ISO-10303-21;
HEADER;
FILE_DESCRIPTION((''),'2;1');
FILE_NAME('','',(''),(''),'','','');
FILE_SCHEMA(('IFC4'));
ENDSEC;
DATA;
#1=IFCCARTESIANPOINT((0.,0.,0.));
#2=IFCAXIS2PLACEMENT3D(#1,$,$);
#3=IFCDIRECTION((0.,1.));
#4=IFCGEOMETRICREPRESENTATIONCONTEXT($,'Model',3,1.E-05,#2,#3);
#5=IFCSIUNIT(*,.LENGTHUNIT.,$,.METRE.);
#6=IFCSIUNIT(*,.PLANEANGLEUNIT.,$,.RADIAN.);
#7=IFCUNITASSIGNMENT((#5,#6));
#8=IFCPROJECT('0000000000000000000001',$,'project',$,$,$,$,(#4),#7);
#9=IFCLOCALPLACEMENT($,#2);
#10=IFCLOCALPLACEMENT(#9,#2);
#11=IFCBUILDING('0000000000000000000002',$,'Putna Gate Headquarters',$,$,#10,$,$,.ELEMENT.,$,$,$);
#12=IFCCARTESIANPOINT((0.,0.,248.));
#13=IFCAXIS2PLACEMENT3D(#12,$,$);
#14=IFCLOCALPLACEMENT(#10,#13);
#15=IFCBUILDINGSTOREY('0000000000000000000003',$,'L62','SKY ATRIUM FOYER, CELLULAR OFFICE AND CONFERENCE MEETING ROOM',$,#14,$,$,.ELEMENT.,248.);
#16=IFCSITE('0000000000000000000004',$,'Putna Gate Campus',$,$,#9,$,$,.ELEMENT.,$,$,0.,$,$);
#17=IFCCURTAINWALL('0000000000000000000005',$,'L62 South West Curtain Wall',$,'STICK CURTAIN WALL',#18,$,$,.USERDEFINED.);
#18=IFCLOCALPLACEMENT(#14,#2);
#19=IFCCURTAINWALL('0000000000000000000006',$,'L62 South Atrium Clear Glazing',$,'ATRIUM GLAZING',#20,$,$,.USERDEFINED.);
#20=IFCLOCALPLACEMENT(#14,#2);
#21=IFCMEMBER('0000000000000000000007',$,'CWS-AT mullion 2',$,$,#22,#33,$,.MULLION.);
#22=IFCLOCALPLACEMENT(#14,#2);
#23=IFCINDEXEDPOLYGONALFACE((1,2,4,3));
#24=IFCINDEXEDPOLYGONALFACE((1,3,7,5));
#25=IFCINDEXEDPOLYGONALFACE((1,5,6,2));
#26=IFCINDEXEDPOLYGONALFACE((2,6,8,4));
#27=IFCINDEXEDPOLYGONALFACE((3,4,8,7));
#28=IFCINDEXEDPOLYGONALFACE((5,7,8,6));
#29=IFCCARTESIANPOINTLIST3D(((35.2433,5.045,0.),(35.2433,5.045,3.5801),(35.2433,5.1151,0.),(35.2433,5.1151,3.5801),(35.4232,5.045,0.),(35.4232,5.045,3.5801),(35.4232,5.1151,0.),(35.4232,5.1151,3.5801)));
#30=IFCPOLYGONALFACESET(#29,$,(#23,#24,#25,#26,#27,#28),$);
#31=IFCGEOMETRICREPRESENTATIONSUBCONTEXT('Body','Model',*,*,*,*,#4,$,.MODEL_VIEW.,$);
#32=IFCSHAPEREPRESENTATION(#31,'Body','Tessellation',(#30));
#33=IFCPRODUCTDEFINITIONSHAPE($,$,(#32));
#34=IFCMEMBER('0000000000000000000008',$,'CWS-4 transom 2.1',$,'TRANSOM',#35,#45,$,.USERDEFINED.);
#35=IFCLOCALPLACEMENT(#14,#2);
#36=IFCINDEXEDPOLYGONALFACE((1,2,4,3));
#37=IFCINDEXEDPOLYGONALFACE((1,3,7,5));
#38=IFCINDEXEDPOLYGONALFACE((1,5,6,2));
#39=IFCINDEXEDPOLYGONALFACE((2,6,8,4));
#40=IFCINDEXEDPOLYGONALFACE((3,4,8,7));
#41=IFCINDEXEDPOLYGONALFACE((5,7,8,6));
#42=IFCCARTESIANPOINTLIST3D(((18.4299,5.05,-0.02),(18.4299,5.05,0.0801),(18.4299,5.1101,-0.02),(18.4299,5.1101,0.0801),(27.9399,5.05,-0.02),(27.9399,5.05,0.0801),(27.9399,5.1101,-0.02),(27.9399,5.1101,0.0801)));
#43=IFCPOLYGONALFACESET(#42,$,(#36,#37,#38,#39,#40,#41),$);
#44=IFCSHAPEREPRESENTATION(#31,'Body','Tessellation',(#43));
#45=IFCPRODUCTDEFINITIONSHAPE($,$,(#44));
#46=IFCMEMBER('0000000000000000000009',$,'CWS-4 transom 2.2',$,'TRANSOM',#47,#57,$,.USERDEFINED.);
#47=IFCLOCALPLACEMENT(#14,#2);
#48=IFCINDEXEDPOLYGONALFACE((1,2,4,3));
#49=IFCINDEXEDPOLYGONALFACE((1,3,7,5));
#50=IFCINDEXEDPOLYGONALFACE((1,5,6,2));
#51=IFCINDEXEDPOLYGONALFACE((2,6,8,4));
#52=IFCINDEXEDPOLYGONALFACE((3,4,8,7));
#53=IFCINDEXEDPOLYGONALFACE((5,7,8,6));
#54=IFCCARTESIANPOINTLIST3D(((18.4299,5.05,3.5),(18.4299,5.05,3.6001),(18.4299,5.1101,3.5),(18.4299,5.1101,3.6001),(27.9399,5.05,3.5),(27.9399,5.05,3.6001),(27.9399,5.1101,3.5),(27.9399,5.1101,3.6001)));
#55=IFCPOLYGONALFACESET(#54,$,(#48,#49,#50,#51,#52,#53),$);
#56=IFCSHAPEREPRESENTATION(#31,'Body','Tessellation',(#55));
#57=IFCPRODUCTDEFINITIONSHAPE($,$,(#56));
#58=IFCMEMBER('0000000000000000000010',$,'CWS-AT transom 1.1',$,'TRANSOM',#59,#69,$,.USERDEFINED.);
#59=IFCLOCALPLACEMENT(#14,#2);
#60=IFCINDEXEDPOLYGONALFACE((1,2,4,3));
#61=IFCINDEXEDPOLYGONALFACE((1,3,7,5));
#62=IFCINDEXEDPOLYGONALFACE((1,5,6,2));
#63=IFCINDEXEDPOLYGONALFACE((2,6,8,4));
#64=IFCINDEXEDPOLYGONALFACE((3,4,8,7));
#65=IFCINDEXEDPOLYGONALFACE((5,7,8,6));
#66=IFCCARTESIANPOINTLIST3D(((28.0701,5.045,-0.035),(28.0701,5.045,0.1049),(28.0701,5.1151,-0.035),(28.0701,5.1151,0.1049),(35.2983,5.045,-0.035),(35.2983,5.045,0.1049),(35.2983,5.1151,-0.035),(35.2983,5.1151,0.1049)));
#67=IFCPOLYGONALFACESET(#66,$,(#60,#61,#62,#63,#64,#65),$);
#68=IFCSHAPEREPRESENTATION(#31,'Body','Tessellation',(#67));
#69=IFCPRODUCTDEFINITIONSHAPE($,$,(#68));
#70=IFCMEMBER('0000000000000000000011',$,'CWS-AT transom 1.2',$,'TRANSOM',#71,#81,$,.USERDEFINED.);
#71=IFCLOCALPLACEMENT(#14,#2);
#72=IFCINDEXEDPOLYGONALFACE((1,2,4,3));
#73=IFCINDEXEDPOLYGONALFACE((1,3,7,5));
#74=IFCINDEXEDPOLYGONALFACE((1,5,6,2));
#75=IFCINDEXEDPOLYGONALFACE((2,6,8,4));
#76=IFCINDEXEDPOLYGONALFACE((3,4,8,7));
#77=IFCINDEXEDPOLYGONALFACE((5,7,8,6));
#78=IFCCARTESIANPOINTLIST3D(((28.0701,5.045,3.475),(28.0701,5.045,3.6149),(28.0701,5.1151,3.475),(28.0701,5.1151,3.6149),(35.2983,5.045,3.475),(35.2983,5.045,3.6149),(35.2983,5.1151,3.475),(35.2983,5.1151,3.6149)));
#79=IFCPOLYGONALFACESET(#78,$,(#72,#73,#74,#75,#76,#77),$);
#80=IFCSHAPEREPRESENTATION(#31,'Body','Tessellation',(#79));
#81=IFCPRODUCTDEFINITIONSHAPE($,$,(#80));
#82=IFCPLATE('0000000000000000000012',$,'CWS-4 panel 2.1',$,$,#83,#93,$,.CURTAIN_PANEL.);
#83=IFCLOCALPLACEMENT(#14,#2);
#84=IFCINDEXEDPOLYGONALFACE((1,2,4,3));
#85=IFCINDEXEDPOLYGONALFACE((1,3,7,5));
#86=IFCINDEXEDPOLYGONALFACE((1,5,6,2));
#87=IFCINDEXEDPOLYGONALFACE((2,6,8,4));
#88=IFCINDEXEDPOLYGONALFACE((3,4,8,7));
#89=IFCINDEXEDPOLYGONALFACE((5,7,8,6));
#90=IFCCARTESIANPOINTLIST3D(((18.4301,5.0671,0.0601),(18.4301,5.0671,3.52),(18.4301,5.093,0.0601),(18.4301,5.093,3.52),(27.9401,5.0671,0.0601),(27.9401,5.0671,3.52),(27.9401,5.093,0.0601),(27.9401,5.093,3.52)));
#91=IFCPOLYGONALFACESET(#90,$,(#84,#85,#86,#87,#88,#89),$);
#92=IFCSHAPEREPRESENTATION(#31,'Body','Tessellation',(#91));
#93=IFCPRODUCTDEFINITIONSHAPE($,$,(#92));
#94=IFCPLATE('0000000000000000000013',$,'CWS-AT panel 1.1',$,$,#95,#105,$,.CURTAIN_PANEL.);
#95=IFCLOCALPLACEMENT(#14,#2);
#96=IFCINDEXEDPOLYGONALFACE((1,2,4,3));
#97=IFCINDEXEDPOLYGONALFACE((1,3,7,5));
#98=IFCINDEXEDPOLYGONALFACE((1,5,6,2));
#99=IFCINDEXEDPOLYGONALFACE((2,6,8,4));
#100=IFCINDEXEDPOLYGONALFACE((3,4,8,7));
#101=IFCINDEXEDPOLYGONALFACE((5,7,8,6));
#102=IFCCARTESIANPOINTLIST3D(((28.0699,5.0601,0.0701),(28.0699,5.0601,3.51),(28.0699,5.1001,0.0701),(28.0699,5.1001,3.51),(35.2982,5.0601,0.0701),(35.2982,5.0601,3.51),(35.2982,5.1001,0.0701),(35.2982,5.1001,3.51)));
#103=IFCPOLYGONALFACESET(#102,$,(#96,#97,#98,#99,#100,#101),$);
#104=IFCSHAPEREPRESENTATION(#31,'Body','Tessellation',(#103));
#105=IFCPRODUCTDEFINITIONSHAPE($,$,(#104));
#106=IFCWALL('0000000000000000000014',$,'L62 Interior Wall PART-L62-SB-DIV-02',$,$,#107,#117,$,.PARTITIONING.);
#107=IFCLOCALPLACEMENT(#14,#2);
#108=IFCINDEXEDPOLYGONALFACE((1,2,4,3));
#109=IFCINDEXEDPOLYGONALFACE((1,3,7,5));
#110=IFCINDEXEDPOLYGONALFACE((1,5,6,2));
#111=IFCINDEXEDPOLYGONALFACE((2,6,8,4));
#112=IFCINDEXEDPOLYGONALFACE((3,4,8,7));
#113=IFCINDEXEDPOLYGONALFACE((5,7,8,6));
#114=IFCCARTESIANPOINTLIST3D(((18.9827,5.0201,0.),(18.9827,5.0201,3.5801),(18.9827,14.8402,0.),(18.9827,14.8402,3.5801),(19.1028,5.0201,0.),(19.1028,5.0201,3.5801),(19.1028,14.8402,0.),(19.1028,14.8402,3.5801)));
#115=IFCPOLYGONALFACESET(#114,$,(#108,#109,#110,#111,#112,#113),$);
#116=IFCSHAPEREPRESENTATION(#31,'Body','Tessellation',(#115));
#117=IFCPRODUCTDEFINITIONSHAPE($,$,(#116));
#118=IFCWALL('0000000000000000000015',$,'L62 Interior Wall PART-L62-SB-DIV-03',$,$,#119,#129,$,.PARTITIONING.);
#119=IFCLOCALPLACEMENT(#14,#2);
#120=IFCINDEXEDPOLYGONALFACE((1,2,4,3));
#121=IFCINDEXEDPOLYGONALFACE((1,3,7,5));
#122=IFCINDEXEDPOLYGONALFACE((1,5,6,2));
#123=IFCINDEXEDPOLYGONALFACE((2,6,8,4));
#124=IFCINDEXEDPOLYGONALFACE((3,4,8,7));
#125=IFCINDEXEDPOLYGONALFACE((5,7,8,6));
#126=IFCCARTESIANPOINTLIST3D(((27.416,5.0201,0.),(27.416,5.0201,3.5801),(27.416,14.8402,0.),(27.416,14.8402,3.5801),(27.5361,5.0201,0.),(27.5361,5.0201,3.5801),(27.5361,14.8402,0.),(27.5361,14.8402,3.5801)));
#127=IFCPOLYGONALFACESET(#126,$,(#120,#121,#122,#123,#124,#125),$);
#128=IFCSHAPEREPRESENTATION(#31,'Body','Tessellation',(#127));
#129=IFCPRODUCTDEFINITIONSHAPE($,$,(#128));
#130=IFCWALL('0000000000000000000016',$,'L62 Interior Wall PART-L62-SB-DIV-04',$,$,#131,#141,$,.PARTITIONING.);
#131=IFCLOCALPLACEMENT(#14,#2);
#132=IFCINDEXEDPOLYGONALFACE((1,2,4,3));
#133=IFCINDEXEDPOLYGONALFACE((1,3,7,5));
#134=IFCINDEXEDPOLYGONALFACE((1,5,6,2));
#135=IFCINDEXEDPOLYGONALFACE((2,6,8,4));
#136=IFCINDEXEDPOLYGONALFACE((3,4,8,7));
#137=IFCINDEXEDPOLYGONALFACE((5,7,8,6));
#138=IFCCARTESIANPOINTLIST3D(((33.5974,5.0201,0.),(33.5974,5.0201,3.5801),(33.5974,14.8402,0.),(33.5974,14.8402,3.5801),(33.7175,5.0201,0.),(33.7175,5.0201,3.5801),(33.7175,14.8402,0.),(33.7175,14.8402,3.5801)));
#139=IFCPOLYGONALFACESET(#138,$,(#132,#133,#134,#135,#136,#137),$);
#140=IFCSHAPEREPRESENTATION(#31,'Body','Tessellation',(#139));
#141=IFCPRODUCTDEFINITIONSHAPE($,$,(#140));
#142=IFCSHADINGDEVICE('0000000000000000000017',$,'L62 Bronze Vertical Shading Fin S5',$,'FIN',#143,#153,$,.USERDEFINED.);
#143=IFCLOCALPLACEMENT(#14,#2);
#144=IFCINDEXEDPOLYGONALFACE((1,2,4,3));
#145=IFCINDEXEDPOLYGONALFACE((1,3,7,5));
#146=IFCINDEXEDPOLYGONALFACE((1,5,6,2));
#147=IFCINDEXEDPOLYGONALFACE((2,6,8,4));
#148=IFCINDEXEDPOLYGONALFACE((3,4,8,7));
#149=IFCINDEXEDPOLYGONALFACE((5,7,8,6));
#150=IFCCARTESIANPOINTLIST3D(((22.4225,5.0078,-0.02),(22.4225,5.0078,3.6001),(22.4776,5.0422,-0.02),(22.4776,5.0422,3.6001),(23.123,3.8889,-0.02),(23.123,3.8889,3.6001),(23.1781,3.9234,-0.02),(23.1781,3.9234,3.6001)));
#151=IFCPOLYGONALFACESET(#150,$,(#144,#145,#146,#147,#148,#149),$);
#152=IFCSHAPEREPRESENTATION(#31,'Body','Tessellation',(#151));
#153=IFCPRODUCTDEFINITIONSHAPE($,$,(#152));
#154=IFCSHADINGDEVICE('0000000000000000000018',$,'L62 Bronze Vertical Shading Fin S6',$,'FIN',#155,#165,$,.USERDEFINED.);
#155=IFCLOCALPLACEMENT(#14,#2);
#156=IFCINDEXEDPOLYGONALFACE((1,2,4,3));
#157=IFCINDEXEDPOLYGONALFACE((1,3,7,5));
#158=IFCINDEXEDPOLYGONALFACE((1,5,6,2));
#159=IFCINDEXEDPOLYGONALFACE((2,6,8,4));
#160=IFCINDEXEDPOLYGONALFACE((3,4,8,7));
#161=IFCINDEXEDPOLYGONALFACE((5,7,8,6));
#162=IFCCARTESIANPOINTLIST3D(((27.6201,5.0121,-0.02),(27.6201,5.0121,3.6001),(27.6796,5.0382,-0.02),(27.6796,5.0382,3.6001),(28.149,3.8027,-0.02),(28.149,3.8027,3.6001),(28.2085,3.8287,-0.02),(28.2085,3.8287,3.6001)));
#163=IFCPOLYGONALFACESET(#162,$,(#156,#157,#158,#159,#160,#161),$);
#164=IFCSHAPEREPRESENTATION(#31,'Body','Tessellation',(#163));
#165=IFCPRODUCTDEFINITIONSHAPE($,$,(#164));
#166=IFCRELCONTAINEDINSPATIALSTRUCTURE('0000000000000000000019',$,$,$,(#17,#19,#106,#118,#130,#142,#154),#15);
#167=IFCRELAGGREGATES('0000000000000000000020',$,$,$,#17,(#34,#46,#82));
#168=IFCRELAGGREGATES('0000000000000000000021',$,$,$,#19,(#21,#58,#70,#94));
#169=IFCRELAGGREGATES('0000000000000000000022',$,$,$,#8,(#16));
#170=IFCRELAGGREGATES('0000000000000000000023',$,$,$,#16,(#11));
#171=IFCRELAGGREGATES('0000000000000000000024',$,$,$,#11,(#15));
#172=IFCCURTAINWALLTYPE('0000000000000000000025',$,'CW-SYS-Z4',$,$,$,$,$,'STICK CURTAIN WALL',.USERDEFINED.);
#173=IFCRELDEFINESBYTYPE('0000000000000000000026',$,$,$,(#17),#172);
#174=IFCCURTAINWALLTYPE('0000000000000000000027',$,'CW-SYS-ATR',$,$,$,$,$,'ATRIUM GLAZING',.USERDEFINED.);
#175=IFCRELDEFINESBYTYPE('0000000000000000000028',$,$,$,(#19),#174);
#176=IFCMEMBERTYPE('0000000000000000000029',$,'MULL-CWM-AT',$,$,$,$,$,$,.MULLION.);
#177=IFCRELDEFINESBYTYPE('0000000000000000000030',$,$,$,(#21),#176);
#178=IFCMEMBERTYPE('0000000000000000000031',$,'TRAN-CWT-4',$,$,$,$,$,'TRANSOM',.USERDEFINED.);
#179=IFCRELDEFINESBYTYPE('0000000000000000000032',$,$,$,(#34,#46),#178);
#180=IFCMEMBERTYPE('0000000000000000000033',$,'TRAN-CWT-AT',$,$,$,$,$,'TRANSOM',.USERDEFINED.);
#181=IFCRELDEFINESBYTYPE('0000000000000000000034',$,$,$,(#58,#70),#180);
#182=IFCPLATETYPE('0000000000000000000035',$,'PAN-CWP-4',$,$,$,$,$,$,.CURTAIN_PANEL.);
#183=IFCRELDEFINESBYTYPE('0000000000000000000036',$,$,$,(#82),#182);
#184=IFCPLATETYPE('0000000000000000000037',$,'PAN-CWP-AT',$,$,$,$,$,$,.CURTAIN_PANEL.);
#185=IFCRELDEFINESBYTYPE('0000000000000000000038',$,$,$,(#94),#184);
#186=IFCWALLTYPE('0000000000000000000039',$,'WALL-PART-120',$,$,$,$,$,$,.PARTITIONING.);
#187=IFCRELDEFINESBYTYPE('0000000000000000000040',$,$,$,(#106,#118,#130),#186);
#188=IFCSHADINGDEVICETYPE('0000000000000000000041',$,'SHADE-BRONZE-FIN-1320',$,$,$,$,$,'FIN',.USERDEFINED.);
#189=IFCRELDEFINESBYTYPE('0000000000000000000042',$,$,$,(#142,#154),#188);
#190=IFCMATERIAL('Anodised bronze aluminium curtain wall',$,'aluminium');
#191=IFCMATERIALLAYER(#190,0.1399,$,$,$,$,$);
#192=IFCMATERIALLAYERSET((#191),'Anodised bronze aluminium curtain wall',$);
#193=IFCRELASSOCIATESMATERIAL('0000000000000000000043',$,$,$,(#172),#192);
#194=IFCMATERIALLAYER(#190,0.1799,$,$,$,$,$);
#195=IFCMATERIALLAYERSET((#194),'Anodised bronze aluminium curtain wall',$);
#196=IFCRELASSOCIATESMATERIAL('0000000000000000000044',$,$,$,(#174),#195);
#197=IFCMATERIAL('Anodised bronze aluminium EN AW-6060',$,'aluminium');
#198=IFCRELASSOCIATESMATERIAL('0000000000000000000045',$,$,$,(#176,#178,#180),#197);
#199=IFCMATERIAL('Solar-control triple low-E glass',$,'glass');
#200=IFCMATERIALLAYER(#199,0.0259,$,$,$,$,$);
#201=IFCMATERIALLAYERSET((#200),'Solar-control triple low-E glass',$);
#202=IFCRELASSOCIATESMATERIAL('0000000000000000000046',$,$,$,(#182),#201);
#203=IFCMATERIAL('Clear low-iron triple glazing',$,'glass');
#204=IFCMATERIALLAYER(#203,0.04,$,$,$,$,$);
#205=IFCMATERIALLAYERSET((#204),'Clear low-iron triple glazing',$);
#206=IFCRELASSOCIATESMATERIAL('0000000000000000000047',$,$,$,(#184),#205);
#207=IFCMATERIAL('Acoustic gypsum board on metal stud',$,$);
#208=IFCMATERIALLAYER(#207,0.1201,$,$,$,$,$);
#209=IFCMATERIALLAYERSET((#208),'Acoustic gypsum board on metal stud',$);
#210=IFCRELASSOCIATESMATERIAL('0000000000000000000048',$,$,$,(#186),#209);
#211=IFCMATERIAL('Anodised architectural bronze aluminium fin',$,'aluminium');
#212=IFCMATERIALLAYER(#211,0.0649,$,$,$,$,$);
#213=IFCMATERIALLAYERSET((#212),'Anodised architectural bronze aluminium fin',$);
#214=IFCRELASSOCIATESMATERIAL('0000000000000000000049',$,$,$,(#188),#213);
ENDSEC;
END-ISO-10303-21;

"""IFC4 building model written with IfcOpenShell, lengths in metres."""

from ifc_helpers import new_model, si_unit, direction, frame, frame_2d, origin, origin_2d, place, context, subcontext, project, spatial, rectangle, extrude, material, layer, layer_set, material_profile, profile_set, type_object, element, aggregate, save


model = new_model("IFC4")

# Units and contexts
model_context = context("Model", 3, precision=1e-05, world=origin(), true_north=direction((0.0, 1.0)))
body_context = subcontext(model_context, "Body", "Model", "MODEL_VIEW")
ifc_project = project(units=[si_unit("LENGTHUNIT", "METRE"), si_unit("PLANEANGLEUNIT", "RADIAN")], contexts=[model_context])

# Site, building, storey
site_placement = place(None, origin())
site = spatial("IfcSite", under=ifc_project, at=site_placement, Name="Putna Gate Campus", CompositionType="ELEMENT", RefElevation=0.0)
building_placement = place(site_placement, origin())
building = spatial("IfcBuilding", under=site, at=building_placement, Name="Putna Gate Headquarters", CompositionType="ELEMENT")
storey_placement = place(building_placement, frame((0.0, 0.0, 248.0)))
storey = spatial("IfcBuildingStorey", under=building, at=storey_placement, Name="L62", Description="SKY ATRIUM FOYER, CELLULAR OFFICE AND CONFERENCE MEETING ROOM", CompositionType="ELEMENT", Elevation=248.0)

# Curtain walls, member
ifc_material_1 = material(Name="Anodised bronze aluminium curtain wall", Category="aluminium")
ifc_layer_1 = layer(ifc_material_1, 0.1399)
ifc_layer_set_1 = layer_set([ifc_layer_1], Name="Anodised bronze aluminium curtain wall")
curtain_wall_type_1 = type_object("IfcCurtainWallType", Name="CW-SYS-Z4", ElementType="STICK CURTAIN WALL", PredefinedType="USERDEFINED", material=ifc_layer_set_1)
curtain_wall_1_placement = place(storey_placement, origin())
curtain_wall_1 = element("IfcCurtainWall", 1, at=curtain_wall_1_placement, inside=storey, type_object=curtain_wall_type_1, Name="L62 South West Curtain Wall", ObjectType="STICK CURTAIN WALL", PredefinedType="USERDEFINED")
ifc_material_2 = material(Name="Anodised bronze aluminium EN AW-6060", Category="aluminium")
ifc_layer_2 = layer(ifc_material_1, 0.1799)
ifc_layer_set_2 = layer_set([ifc_layer_2], Name="Anodised bronze aluminium curtain wall")
curtain_wall_type_2 = type_object("IfcCurtainWallType", Name="CW-SYS-ATR", ElementType="ATRIUM GLAZING", PredefinedType="USERDEFINED", material=ifc_layer_set_2)
curtain_wall_2_placement = place(storey_placement, origin())
curtain_wall_2 = element("IfcCurtainWall", 2, at=curtain_wall_2_placement, inside=storey, type_object=curtain_wall_type_2, Name="L62 South Atrium Clear Glazing", ObjectType="ATRIUM GLAZING", PredefinedType="USERDEFINED")
ifc_material_profile_1 = material_profile(ifc_material_2, rectangle(XDim=0.0701, YDim=0.1799, at=origin_2d()), Name="Anodised bronze aluminium EN AW-6060")
ifc_profile_set_1 = profile_set([ifc_material_profile_1], Name="Anodised bronze aluminium EN AW-6060")
member_type_1 = type_object("IfcMemberType", Name="MULL-CWM-AT", PredefinedType="MULLION", material=ifc_profile_set_1)
member_1_placement = place(storey_placement, frame((35.3333, 5.0801, 0.0), z_axis=(0.0, 0.0, 1.0), x_axis=(0.0, 1.0, 0.0)))
member_1 = element("IfcMember", 3, at=member_1_placement, type_object=member_type_1, Name="CWS-AT mullion 2", PredefinedType="MULLION", context=body_context, shape_type="SweptSolid", body=[
    extrude(rectangle(XDim=0.0701, YDim=0.1799, at=origin_2d()), origin(), (0.0, 0.0, 1.0), 3.5801),
])

# Members
ifc_material_profile_2 = material_profile(ifc_material_2, rectangle(XDim=0.0601, YDim=0.1001, at=origin_2d()), Name="Anodised bronze aluminium EN AW-6060")
ifc_profile_set_2 = profile_set([ifc_material_profile_2], Name="Anodised bronze aluminium EN AW-6060")
member_type_2 = type_object("IfcMemberType", Name="TRAN-CWT-4", ElementType="TRANSOM", PredefinedType="USERDEFINED", material=ifc_profile_set_2)
member_2_placement = place(storey_placement, frame((18.4299, 5.0801, 0.03), z_axis=(1.0, 0.0, 0.0), x_axis=(0.0, 1.0, 0.0)))
member_2 = element("IfcMember", 4, at=member_2_placement, type_object=member_type_2, Name="CWS-4 transom 2.1", ObjectType="TRANSOM", PredefinedType="USERDEFINED", context=body_context, shape_type="SweptSolid", body=[
    extrude(rectangle(XDim=0.0601, YDim=0.1001, at=origin_2d()), origin(), (0.0, 0.0, 1.0), 9.51),
])
member_3_placement = place(storey_placement, frame((18.4299, 5.0801, 3.55), z_axis=(1.0, 0.0, 0.0), x_axis=(0.0, 1.0, 0.0)))
member_3 = element("IfcMember", 5, at=member_3_placement, type_object=member_type_2, Name="CWS-4 transom 2.2", ObjectType="TRANSOM", PredefinedType="USERDEFINED", context=body_context, shape_type="SweptSolid", body=[
    extrude(rectangle(XDim=0.0601, YDim=0.1001, at=origin_2d()), origin(), (0.0, 0.0, 1.0), 9.51),
])
ifc_material_profile_3 = material_profile(ifc_material_2, rectangle(XDim=0.0701, YDim=0.1399, at=origin_2d()), Name="Anodised bronze aluminium EN AW-6060")
ifc_profile_set_3 = profile_set([ifc_material_profile_3], Name="Anodised bronze aluminium EN AW-6060")
member_type_3 = type_object("IfcMemberType", Name="TRAN-CWT-AT", ElementType="TRANSOM", PredefinedType="USERDEFINED", material=ifc_profile_set_3)
member_4_placement = place(storey_placement, frame((28.0701, 5.0801, 0.0349), z_axis=(1.0, 0.0, 0.0), x_axis=(0.0, 1.0, 0.0)))
member_4 = element("IfcMember", 6, at=member_4_placement, type_object=member_type_3, Name="CWS-AT transom 1.1", ObjectType="TRANSOM", PredefinedType="USERDEFINED", context=body_context, shape_type="SweptSolid", body=[
    extrude(rectangle(XDim=0.0701, YDim=0.1399, at=origin_2d()), origin(), (0.0, 0.0, 1.0), 7.2283),
])
member_5_placement = place(storey_placement, frame((28.0701, 5.0801, 3.5449), z_axis=(1.0, 0.0, 0.0), x_axis=(0.0, 1.0, 0.0)))
member_5 = element("IfcMember", 7, at=member_5_placement, type_object=member_type_3, Name="CWS-AT transom 1.2", ObjectType="TRANSOM", PredefinedType="USERDEFINED", context=body_context, shape_type="SweptSolid", body=[
    extrude(rectangle(XDim=0.0701, YDim=0.1399, at=origin_2d()), origin(), (0.0, 0.0, 1.0), 7.2283),
])

# Plates
ifc_material_3 = material(Name="Solar-control triple low-E glass", Category="glass")
ifc_layer_3 = layer(ifc_material_3, 0.0259)
ifc_layer_set_3 = layer_set([ifc_layer_3], Name="Solar-control triple low-E glass")
plate_type_1 = type_object("IfcPlateType", Name="PAN-CWP-4", PredefinedType="CURTAIN_PANEL", material=ifc_layer_set_3)
plate_1_placement = place(storey_placement, frame((23.1851, 5.0801, 0.0601), z_axis=(0.0, 0.0, 1.0), x_axis=(1.0, 0.0, 0.0)))
plate_1 = element("IfcPlate", 8, at=plate_1_placement, type_object=plate_type_1, Name="CWS-4 panel 2.1", PredefinedType="CURTAIN_PANEL", context=body_context, shape_type="SweptSolid", body=[
    extrude(rectangle(XDim=9.51, YDim=0.0259, at=origin_2d()), origin(), (0.0, 0.0, 1.0), 3.46),
])
aggregate(curtain_wall_1, [member_2, member_3, plate_1])
ifc_material_4 = material(Name="Clear low-iron triple glazing", Category="glass")
ifc_layer_4 = layer(ifc_material_4, 0.04)
ifc_layer_set_4 = layer_set([ifc_layer_4], Name="Clear low-iron triple glazing")
plate_type_2 = type_object("IfcPlateType", Name="PAN-CWP-AT", PredefinedType="CURTAIN_PANEL", material=ifc_layer_set_4)
plate_2_placement = place(storey_placement, frame((31.6841, 5.0801, 0.0701), z_axis=(0.0, 0.0, 1.0), x_axis=(1.0, 0.0, 0.0)))
plate_2 = element("IfcPlate", 9, at=plate_2_placement, type_object=plate_type_2, Name="CWS-AT panel 1.1", PredefinedType="CURTAIN_PANEL", context=body_context, shape_type="SweptSolid", body=[
    extrude(rectangle(XDim=7.2283, YDim=0.04, at=origin_2d()), origin(), (0.0, 0.0, 1.0), 3.4399),
])
aggregate(curtain_wall_2, [member_1, member_4, member_5, plate_2])

# Walls
ifc_material_5 = material(Name="Acoustic gypsum board on metal stud")
ifc_layer_5 = layer(ifc_material_5, 0.1201)
ifc_layer_set_5 = layer_set([ifc_layer_5], Name="Acoustic gypsum board on metal stud")
wall_type = type_object("IfcWallType", Name="WALL-PART-120", PredefinedType="PARTITIONING", material=ifc_layer_set_5)
for number, where, z_axis, x_axis, name in (
    (10, (19.0427, 5.02, 0.0), (0.0, 0.0, 1.0), (0.0, 1.0, 0.0), "L62 Interior Wall PART-L62-SB-DIV-02"),
    (11, (27.4761, 5.02, 0.0), (0.0, 0.0, 1.0), (0.0, 1.0, 0.0), "L62 Interior Wall PART-L62-SB-DIV-03"),
    (12, (33.6575, 5.02, 0.0), (0.0, 0.0, 1.0), (0.0, 1.0, 0.0), "L62 Interior Wall PART-L62-SB-DIV-04"),
):
    element("IfcWall", number, at=place(storey_placement, frame(where, z_axis=z_axis, x_axis=x_axis)), inside=storey, type_object=wall_type, Name=name, PredefinedType="PARTITIONING", context=body_context, shape_type="SweptSolid", body=[
        extrude(rectangle(XDim=9.8201, YDim=0.1201, at=frame_2d((4.9102, 0.0))), origin(), (0.0, 0.0, 1.0), 3.5801),
    ])

# Shading devices
ifc_material_6 = material(Name="Anodised architectural bronze aluminium fin", Category="aluminium")
ifc_layer_6 = layer(ifc_material_6, 0.0649)
ifc_layer_set_6 = layer_set([ifc_layer_6], Name="Anodised architectural bronze aluminium fin")
shading_device_type = type_object("IfcShadingDeviceType", Name="SHADE-BRONZE-FIN-1320", ElementType="FIN", PredefinedType="USERDEFINED", material=ifc_layer_set_6)
for number, where, z_axis, x_axis, name in (
    (13, (22.8003, 4.4656, -0.02), (0.0, 0.0, 1.0), (0.530659, -0.847585, 0.0), "L62 Bronze Vertical Shading Fin S5"),
    (14, (27.9143, 4.4204, -0.02), (0.0, 0.0, 1.0), (0.400669, -0.916223, 0.0), "L62 Bronze Vertical Shading Fin S6"),
):
    element("IfcShadingDevice", number, at=place(storey_placement, frame(where, z_axis=z_axis, x_axis=x_axis)), inside=storey, type_object=shading_device_type, Name=name, ObjectType="FIN", PredefinedType="USERDEFINED", context=body_context, shape_type="SweptSolid", body=[
        extrude(rectangle(XDim=1.3201, YDim=0.0649, at=origin_2d()), origin(), (0.0, 0.0, 1.0), 3.6201),
    ])

save(model, "model.ifc")
